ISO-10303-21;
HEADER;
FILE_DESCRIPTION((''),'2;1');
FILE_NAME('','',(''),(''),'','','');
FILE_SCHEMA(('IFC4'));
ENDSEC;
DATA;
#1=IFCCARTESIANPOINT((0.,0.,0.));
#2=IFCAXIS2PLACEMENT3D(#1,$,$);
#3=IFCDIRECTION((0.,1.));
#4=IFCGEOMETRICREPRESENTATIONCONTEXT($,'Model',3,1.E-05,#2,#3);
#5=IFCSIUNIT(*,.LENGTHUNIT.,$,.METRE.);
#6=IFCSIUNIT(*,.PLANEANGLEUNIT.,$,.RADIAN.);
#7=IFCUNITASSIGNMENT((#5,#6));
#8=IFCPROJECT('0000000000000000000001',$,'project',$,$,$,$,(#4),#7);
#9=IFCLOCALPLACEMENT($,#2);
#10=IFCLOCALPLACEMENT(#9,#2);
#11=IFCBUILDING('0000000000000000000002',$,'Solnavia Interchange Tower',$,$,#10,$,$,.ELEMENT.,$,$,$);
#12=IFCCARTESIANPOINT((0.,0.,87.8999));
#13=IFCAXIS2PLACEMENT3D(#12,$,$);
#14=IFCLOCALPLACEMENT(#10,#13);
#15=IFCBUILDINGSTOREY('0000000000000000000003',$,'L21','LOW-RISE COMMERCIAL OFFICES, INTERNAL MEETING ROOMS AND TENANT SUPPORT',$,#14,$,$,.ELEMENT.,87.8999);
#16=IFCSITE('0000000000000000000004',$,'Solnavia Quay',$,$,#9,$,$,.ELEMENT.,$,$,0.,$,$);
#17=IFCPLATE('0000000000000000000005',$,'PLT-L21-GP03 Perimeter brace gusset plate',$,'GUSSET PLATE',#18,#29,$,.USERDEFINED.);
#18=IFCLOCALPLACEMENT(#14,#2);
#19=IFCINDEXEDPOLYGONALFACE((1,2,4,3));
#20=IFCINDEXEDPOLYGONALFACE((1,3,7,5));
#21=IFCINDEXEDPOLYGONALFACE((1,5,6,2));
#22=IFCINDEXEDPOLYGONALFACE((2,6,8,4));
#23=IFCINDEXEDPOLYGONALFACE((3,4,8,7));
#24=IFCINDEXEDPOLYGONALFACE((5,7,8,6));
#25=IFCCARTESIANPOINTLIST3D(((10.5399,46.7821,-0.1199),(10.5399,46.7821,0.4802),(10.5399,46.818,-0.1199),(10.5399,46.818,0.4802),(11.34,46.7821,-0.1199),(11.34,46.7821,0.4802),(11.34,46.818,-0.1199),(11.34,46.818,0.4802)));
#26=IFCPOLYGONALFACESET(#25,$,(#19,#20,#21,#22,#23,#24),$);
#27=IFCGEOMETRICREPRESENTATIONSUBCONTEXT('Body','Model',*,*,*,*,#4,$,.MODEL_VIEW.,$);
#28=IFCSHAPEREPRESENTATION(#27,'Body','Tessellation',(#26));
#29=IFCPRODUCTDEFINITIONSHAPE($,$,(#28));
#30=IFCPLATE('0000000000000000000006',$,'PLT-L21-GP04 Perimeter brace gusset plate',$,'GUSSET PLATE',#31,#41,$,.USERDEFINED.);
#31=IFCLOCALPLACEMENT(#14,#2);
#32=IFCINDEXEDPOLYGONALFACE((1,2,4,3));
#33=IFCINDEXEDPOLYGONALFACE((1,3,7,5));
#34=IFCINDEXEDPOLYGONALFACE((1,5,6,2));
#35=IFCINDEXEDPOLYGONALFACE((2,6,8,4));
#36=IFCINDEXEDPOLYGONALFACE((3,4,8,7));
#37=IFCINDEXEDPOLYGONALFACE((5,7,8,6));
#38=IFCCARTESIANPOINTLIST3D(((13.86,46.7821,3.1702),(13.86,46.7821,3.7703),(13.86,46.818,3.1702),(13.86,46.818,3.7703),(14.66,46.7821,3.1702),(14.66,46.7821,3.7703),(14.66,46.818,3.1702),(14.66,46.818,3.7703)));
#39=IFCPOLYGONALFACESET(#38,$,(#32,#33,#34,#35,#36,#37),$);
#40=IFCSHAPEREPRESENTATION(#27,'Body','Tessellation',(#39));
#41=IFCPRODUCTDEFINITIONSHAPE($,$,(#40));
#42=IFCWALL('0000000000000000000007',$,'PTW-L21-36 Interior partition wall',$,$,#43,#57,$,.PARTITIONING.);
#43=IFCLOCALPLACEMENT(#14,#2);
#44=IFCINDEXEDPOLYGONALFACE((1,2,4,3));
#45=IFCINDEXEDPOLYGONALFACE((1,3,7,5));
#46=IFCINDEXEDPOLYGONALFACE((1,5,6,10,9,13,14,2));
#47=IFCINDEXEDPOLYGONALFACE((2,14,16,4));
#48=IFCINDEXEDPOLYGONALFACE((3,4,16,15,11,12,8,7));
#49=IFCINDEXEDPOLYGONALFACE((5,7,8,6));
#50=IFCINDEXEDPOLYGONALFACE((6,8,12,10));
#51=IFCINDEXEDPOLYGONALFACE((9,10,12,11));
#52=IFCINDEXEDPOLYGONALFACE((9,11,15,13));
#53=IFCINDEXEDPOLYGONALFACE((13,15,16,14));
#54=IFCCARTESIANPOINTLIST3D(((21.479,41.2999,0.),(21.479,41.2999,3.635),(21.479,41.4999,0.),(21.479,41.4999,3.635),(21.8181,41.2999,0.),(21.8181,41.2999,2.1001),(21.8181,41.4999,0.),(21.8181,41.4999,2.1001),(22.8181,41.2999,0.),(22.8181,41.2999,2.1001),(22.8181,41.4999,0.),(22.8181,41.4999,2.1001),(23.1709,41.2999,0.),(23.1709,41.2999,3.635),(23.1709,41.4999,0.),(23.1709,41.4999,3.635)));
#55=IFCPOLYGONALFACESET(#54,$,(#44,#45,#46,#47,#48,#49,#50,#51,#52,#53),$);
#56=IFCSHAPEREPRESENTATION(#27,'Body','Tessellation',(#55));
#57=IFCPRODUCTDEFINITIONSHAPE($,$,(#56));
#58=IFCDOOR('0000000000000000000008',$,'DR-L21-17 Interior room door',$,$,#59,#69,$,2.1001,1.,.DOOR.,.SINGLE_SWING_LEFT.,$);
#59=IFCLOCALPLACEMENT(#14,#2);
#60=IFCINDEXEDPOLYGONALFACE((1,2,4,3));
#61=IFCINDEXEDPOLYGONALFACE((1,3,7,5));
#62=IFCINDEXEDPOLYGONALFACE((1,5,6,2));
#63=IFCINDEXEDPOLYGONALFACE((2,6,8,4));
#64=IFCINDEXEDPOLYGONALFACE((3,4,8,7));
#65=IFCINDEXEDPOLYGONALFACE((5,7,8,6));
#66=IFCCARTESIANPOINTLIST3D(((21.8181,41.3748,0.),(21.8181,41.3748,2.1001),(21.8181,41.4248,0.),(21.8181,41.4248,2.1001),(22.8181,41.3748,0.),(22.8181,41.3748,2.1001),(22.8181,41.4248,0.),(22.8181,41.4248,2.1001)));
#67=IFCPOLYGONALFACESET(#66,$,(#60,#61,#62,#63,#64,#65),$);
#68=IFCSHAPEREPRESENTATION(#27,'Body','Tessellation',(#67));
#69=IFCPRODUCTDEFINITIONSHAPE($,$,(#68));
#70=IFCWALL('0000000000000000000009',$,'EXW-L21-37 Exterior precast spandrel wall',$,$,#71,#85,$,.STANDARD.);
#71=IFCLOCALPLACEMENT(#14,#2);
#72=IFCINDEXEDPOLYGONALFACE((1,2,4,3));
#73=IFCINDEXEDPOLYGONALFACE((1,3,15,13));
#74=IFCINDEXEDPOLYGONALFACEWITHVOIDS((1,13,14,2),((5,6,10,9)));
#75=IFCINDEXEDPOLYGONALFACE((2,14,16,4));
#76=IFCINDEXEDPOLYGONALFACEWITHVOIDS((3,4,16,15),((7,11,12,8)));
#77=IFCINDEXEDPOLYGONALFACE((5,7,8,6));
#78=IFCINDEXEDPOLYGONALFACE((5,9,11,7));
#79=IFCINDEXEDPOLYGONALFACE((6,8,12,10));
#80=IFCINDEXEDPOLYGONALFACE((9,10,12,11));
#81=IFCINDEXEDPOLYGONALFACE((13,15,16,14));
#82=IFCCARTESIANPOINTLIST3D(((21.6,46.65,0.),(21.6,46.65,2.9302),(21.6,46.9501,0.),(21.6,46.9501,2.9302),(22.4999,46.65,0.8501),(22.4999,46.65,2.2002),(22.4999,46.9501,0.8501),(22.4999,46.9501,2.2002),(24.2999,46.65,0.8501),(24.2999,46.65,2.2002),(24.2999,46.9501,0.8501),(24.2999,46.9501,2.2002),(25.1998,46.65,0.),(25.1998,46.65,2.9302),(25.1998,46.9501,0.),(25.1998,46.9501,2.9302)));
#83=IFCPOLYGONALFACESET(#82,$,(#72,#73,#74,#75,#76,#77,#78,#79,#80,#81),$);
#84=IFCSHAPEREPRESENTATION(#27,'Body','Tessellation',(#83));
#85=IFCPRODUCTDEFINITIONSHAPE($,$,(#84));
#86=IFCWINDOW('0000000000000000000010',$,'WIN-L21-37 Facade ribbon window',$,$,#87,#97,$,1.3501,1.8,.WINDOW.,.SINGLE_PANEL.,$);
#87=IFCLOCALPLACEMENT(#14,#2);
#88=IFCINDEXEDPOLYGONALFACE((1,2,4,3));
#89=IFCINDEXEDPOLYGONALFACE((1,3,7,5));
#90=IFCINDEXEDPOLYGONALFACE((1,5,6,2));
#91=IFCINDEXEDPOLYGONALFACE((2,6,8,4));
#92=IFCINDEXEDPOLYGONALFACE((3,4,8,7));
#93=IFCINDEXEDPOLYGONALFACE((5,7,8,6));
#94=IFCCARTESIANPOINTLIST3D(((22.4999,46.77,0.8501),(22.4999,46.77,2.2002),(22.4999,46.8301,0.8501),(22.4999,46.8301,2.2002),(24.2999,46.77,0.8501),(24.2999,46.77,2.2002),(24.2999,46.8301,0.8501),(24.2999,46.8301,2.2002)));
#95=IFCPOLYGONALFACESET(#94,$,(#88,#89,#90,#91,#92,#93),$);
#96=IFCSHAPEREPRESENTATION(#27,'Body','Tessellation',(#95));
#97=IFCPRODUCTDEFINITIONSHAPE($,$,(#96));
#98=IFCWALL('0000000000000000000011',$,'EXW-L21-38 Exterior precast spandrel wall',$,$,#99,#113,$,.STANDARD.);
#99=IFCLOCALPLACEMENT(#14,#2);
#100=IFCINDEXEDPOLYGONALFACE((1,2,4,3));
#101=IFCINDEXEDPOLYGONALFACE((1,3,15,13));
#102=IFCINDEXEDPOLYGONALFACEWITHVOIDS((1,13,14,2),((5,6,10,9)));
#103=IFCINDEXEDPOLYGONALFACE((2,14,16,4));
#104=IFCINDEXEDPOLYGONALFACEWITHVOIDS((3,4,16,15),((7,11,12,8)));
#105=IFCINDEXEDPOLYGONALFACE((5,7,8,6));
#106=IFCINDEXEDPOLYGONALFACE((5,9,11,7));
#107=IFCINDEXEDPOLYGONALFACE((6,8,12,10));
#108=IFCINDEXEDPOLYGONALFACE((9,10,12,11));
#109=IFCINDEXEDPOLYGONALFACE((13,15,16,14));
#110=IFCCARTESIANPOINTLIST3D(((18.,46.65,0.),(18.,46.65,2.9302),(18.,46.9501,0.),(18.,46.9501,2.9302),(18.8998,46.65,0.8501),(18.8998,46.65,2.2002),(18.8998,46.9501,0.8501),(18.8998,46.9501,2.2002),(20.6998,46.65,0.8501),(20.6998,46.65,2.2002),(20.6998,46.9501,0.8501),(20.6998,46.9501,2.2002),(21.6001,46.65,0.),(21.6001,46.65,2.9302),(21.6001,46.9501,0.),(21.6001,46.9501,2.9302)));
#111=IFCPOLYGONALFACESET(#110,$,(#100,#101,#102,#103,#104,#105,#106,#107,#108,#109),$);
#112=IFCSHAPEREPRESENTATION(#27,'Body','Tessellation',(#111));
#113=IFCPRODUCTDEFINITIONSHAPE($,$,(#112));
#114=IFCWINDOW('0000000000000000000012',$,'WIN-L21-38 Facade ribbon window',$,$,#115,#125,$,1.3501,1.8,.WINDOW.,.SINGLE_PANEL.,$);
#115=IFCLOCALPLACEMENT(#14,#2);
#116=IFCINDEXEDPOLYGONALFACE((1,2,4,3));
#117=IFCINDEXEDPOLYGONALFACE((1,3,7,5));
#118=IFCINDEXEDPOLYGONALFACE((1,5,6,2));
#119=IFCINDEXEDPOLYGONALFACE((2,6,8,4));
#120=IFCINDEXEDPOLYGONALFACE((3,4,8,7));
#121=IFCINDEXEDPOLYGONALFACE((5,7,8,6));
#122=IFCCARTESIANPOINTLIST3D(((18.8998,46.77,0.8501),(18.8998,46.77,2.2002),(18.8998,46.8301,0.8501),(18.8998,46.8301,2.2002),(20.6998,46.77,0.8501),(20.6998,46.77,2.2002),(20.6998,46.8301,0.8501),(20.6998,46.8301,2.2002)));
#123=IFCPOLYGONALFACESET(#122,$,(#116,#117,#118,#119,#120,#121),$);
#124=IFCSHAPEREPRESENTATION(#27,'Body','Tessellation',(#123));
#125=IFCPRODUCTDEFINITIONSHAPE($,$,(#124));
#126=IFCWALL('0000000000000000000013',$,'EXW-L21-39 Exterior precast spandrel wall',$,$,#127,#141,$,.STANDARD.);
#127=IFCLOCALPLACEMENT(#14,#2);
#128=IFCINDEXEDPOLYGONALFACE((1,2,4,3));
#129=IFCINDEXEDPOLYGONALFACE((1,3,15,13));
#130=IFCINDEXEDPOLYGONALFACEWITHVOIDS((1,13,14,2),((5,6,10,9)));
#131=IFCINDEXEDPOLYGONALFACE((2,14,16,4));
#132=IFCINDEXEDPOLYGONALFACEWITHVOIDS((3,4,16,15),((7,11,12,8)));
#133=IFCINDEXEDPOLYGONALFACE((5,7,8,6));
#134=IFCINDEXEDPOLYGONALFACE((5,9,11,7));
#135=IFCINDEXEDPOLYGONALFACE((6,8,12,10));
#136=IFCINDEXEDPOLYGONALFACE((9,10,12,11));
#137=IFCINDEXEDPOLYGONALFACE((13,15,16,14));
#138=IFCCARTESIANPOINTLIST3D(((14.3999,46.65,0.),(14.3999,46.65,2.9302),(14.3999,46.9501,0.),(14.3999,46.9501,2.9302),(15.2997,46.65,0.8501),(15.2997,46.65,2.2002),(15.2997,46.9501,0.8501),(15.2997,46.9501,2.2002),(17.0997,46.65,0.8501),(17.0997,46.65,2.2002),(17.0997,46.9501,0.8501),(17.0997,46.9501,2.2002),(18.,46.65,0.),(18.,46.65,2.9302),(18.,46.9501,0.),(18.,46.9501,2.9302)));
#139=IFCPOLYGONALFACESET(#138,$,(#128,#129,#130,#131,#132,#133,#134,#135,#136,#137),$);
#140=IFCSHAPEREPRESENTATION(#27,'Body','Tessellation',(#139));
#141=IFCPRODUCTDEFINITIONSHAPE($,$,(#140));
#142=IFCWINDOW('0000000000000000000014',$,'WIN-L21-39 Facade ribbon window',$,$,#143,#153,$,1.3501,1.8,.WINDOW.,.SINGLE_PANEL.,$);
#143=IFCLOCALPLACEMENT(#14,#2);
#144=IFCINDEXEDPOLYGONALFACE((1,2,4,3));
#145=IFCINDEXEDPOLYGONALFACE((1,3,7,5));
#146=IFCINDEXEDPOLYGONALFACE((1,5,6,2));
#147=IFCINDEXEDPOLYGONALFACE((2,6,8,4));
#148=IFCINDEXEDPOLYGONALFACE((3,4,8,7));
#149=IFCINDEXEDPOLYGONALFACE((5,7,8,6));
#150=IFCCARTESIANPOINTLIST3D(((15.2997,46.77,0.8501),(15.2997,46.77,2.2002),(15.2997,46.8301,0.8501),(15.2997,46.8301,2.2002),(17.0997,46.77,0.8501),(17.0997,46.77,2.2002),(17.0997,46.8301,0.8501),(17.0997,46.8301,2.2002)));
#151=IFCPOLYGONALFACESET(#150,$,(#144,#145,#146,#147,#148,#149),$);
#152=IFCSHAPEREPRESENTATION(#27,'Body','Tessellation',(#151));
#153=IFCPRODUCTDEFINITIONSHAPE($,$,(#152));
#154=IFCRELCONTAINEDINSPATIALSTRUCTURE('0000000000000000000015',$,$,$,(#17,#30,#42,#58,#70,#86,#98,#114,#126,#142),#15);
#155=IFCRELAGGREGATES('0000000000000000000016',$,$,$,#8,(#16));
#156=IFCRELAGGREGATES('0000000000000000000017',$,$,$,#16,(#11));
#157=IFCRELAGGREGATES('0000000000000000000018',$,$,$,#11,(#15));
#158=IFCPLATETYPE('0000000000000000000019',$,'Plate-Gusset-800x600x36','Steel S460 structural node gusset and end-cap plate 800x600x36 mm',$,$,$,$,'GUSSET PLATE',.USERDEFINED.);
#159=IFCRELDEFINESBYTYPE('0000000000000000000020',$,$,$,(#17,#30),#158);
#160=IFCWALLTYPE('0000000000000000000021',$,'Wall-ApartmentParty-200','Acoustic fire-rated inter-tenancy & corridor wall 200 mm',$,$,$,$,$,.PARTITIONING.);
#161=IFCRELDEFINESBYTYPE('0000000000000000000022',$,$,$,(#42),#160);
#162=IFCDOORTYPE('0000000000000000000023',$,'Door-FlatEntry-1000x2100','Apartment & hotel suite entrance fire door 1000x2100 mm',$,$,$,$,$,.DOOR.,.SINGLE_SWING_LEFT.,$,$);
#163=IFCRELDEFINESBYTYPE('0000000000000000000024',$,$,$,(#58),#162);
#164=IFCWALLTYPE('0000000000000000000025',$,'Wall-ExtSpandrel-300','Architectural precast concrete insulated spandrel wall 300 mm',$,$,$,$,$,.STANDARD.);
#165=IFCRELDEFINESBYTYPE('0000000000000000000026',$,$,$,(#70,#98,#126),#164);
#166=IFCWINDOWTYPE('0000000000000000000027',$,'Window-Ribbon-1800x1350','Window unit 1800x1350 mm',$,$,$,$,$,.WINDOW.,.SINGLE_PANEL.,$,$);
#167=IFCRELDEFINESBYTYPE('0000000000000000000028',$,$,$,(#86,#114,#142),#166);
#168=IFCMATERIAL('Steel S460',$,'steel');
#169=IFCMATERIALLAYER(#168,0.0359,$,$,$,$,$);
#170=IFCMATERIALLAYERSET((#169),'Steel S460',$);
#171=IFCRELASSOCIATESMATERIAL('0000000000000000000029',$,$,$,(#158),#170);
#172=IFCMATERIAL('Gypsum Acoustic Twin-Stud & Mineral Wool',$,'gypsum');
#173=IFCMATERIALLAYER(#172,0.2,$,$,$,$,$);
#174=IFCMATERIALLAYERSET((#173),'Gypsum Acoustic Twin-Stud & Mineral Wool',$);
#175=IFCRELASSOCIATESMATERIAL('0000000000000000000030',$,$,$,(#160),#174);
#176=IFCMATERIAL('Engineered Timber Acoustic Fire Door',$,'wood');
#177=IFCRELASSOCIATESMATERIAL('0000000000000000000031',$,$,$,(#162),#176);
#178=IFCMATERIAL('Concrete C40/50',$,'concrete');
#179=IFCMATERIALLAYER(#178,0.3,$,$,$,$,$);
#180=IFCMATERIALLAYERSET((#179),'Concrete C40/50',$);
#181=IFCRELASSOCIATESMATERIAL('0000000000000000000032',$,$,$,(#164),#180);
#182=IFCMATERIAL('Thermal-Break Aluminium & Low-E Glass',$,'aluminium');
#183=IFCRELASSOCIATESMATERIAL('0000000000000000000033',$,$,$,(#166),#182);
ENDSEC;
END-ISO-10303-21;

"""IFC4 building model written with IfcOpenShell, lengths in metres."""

from ifc_helpers import new_model, si_unit, direction, frame, frame_2d, origin, origin_2d, place, context, subcontext, project, spatial, rectangle, extrude, material, layer, layer_set, type_object, element, fill, save


model = new_model("IFC4")

# Units and contexts
model_context = context("Model", 3, precision=1e-05, world=origin(), true_north=direction((0.0, 1.0)))
body_context = subcontext(model_context, "Body", "Model", "MODEL_VIEW")
ifc_project = project(units=[si_unit("LENGTHUNIT", "METRE"), si_unit("PLANEANGLEUNIT", "RADIAN")], contexts=[model_context])

# Site, building, storey
site_placement = place(None, origin())
site = spatial("IfcSite", under=ifc_project, at=site_placement, Name="Solnavia Quay", CompositionType="ELEMENT", RefElevation=0.0)
building_placement = place(site_placement, origin())
building = spatial("IfcBuilding", under=site, at=building_placement, Name="Solnavia Interchange Tower", CompositionType="ELEMENT")
storey_placement = place(building_placement, frame((0.0, 0.0, 87.8999)))
storey = spatial("IfcBuildingStorey", under=building, at=storey_placement, Name="L21", Description="LOW-RISE COMMERCIAL OFFICES, INTERNAL MEETING ROOMS AND TENANT SUPPORT", CompositionType="ELEMENT", Elevation=87.8999)

# Shared definitions
ifc_material_1 = material(Name="Steel S460", Category="steel")

# Plates
ifc_layer_1 = layer(ifc_material_1, 0.0359)
ifc_layer_set_1 = layer_set([ifc_layer_1], Name="Steel S460")
plate_type = type_object("IfcPlateType", Name="Plate-Gusset-800x600x36", Description="Steel S460 structural node gusset and end-cap plate 800x600x36 mm", ElementType="GUSSET PLATE", PredefinedType="USERDEFINED", material=ifc_layer_set_1)
for number, where, z_axis, x_axis, name in (
    (1, (10.9399, 46.8, -0.1199), (0.0, 0.0, 1.0), (1.0, 0.0, 0.0), "PLT-L21-GP03 Perimeter brace gusset plate"),
    (2, (14.26, 46.8, 3.1702), (0.0, 0.0, 1.0), (1.0, 0.0, 0.0), "PLT-L21-GP04 Perimeter brace gusset plate"),
):
    element("IfcPlate", number, at=place(storey_placement, frame(where, z_axis=z_axis, x_axis=x_axis)), inside=storey, type_object=plate_type, Name=name, ObjectType="GUSSET PLATE", PredefinedType="USERDEFINED", context=body_context, shape_type="SweptSolid", body=[
        extrude(rectangle(XDim=0.8, YDim=0.0359, at=origin_2d()), origin(), (0.0, 0.0, 1.0), 0.6001),
    ])

# Wall, opening, door
ifc_material_2 = material(Name="Gypsum Acoustic Twin-Stud & Mineral Wool", Category="gypsum")
ifc_layer_2 = layer(ifc_material_2, 0.2)
ifc_layer_set_2 = layer_set([ifc_layer_2], Name="Gypsum Acoustic Twin-Stud & Mineral Wool")
wall_type_1 = type_object("IfcWallType", Name="Wall-ApartmentParty-200", Description="Acoustic fire-rated inter-tenancy & corridor wall 200 mm", PredefinedType="PARTITIONING", material=ifc_layer_set_2)
wall_1_placement = place(storey_placement, frame((21.479, 41.3999, 0.0), z_axis=(0.0, 0.0, 1.0), x_axis=(1.0, 0.0, 0.0)))
wall_1 = element("IfcWall", 3, at=wall_1_placement, inside=storey, type_object=wall_type_1, Name="PTW-L21-36 Interior partition wall", PredefinedType="PARTITIONING", context=body_context, shape_type="SweptSolid", body=[
    extrude(rectangle(XDim=1.6919, YDim=0.2, at=frame_2d((0.8459, 0.0))), origin(), (0.0, 0.0, 1.0), 3.635),
])
opening_1_placement = place(wall_1_placement, frame((0.3391, 0.0, 0.0)))
opening_1 = element("IfcOpeningElement", 4, at=opening_1_placement, cuts=wall_1, PredefinedType="OPENING", context=body_context, shape_type="SweptSolid", body=[
    extrude(rectangle(XDim=1.0, YDim=2.1001, at=frame_2d((0.5, 1.05))), frame((0.0, 0.1099, 0.0), z_axis=(0.0, -1.0, 0.0), x_axis=(1.0, 0.0, 0.0)), (0.0, 0.0, 1.0), 0.22),
])
ifc_material_3 = material(Name="Engineered Timber Acoustic Fire Door", Category="wood")
door_type_1 = type_object("IfcDoorType", Name="Door-FlatEntry-1000x2100", Description="Apartment & hotel suite entrance fire door 1000x2100 mm", OperationType="SINGLE_SWING_LEFT", PredefinedType="DOOR", material=ifc_material_3)
door_1_placement = place(opening_1_placement, origin())
door_1 = element("IfcDoor", 5, at=door_1_placement, inside=storey, type_object=door_type_1, Name="DR-L21-17 Interior room door", OperationType="SINGLE_SWING_LEFT", OverallHeight=2.1001, OverallWidth=1.0, PredefinedType="DOOR", context=body_context, shape_type="SweptSolid", body=[
    extrude(rectangle(XDim=1.0, YDim=2.1001, at=frame_2d((0.5, 1.05))), frame((0.0, 0.0249, 0.0), z_axis=(0.0, -1.0, 0.0), x_axis=(1.0, 0.0, 0.0)), (0.0, 0.0, 1.0), 0.05),
])
fill(opening_1, door_1)

# Walls, openings, windows
ifc_material_4 = material(Name="Concrete C40/50", Category="concrete")
ifc_layer_3 = layer(ifc_material_4, 0.3)
ifc_layer_set_3 = layer_set([ifc_layer_3], Name="Concrete C40/50")
wall_type_2 = type_object("IfcWallType", Name="Wall-ExtSpandrel-300", Description="Architectural precast concrete insulated spandrel wall 300 mm", PredefinedType="STANDARD", material=ifc_layer_set_3)
wall_2_placement = place(storey_placement, frame((21.6001, 46.8, 0.0), z_axis=(0.0, 0.0, 1.0), x_axis=(1.0, 0.0, 0.0)))
wall_2 = element("IfcWall", 6, at=wall_2_placement, inside=storey, type_object=wall_type_2, Name="EXW-L21-37 Exterior precast spandrel wall", PredefinedType="STANDARD", context=body_context, shape_type="SweptSolid", body=[
    extrude(rectangle(XDim=3.5999, YDim=0.3, at=frame_2d((1.7998, 0.0))), origin(), (0.0, 0.0, 1.0), 2.9302),
])
opening_2_placement = place(wall_2_placement, frame((0.8999, 0.0, 0.8501)))
opening_2 = element("IfcOpeningElement", 7, at=opening_2_placement, cuts=wall_2, PredefinedType="OPENING", context=body_context, shape_type="SweptSolid", body=[
    extrude(rectangle(XDim=1.8, YDim=1.3501, at=frame_2d((0.8999, 0.675))), frame((0.0, 0.1602, 0.0), z_axis=(0.0, -1.0, 0.0), x_axis=(1.0, 0.0, 0.0)), (0.0, 0.0, 1.0), 0.3201),
])
ifc_material_5 = material(Name="Thermal-Break Aluminium & Low-E Glass", Category="aluminium")
window_type = type_object("IfcWindowType", Name="Window-Ribbon-1800x1350", Description="Window unit 1800x1350 mm", PartitioningType="SINGLE_PANEL", PredefinedType="WINDOW", material=ifc_material_5)
window_1_placement = place(opening_2_placement, origin())
window_1 = element("IfcWindow", 8, at=window_1_placement, inside=storey, type_object=window_type, Name="WIN-L21-37 Facade ribbon window", OverallHeight=1.3501, OverallWidth=1.8, PartitioningType="SINGLE_PANEL", PredefinedType="WINDOW", context=body_context, shape_type="SweptSolid", body=[
    extrude(rectangle(XDim=1.8, YDim=1.3501, at=frame_2d((0.8999, 0.675))), frame((0.0, 0.03, 0.0), z_axis=(0.0, -1.0, 0.0), x_axis=(1.0, 0.0, 0.0)), (0.0, 0.0, 1.0), 0.0601),
])
fill(opening_2, window_1)
wall_3_placement = place(storey_placement, frame((18.0, 46.8, 0.0), z_axis=(0.0, 0.0, 1.0), x_axis=(1.0, 0.0, 0.0)))
wall_3 = element("IfcWall", 9, at=wall_3_placement, inside=storey, type_object=wall_type_2, Name="EXW-L21-38 Exterior precast spandrel wall", PredefinedType="STANDARD", context=body_context, shape_type="SweptSolid", body=[
    extrude(rectangle(XDim=3.6001, YDim=0.3, at=frame_2d((1.8, 0.0))), origin(), (0.0, 0.0, 1.0), 2.9302),
])
opening_3_placement = place(wall_3_placement, frame((0.8999, 0.0, 0.8501)))
opening_3 = element("IfcOpeningElement", 10, at=opening_3_placement, cuts=wall_3, PredefinedType="OPENING", context=body_context, shape_type="SweptSolid", body=[
    extrude(rectangle(XDim=1.8, YDim=1.3501, at=frame_2d((0.8999, 0.675))), frame((0.0, 0.1602, 0.0), z_axis=(0.0, -1.0, 0.0), x_axis=(1.0, 0.0, 0.0)), (0.0, 0.0, 1.0), 0.3201),
])
window_2_placement = place(opening_3_placement, origin())
window_2 = element("IfcWindow", 11, at=window_2_placement, inside=storey, type_object=window_type, Name="WIN-L21-38 Facade ribbon window", OverallHeight=1.3501, OverallWidth=1.8, PartitioningType="SINGLE_PANEL", PredefinedType="WINDOW", context=body_context, shape_type="SweptSolid", body=[
    extrude(rectangle(XDim=1.8, YDim=1.3501, at=frame_2d((0.8999, 0.675))), frame((0.0, 0.03, 0.0), z_axis=(0.0, -1.0, 0.0), x_axis=(1.0, 0.0, 0.0)), (0.0, 0.0, 1.0), 0.0601),
])
fill(opening_3, window_2)
wall_4_placement = place(storey_placement, frame((14.3999, 46.8, 0.0), z_axis=(0.0, 0.0, 1.0), x_axis=(1.0, 0.0, 0.0)))
wall_4 = element("IfcWall", 12, at=wall_4_placement, inside=storey, type_object=wall_type_2, Name="EXW-L21-39 Exterior precast spandrel wall", PredefinedType="STANDARD", context=body_context, shape_type="SweptSolid", body=[
    extrude(rectangle(XDim=3.6001, YDim=0.3, at=frame_2d((1.8, 0.0))), origin(), (0.0, 0.0, 1.0), 2.9302),
])
opening_4_placement = place(wall_4_placement, frame((0.8999, 0.0, 0.8501)))
opening_4 = element("IfcOpeningElement", 13, at=opening_4_placement, cuts=wall_4, PredefinedType="OPENING", context=body_context, shape_type="SweptSolid", body=[
    extrude(rectangle(XDim=1.8, YDim=1.3501, at=frame_2d((0.8999, 0.675))), frame((0.0, 0.1602, 0.0), z_axis=(0.0, -1.0, 0.0), x_axis=(1.0, 0.0, 0.0)), (0.0, 0.0, 1.0), 0.3201),
])
window_3_placement = place(opening_4_placement, origin())
window_3 = element("IfcWindow", 14, at=window_3_placement, inside=storey, type_object=window_type, Name="WIN-L21-39 Facade ribbon window", OverallHeight=1.3501, OverallWidth=1.8, PartitioningType="SINGLE_PANEL", PredefinedType="WINDOW", context=body_context, shape_type="SweptSolid", body=[
    extrude(rectangle(XDim=1.8, YDim=1.3501, at=frame_2d((0.8999, 0.675))), frame((0.0, 0.03, 0.0), z_axis=(0.0, -1.0, 0.0), x_axis=(1.0, 0.0, 0.0)), (0.0, 0.0, 1.0), 0.0601),
])
fill(opening_4, window_3)

save(model, "model.ifc")
